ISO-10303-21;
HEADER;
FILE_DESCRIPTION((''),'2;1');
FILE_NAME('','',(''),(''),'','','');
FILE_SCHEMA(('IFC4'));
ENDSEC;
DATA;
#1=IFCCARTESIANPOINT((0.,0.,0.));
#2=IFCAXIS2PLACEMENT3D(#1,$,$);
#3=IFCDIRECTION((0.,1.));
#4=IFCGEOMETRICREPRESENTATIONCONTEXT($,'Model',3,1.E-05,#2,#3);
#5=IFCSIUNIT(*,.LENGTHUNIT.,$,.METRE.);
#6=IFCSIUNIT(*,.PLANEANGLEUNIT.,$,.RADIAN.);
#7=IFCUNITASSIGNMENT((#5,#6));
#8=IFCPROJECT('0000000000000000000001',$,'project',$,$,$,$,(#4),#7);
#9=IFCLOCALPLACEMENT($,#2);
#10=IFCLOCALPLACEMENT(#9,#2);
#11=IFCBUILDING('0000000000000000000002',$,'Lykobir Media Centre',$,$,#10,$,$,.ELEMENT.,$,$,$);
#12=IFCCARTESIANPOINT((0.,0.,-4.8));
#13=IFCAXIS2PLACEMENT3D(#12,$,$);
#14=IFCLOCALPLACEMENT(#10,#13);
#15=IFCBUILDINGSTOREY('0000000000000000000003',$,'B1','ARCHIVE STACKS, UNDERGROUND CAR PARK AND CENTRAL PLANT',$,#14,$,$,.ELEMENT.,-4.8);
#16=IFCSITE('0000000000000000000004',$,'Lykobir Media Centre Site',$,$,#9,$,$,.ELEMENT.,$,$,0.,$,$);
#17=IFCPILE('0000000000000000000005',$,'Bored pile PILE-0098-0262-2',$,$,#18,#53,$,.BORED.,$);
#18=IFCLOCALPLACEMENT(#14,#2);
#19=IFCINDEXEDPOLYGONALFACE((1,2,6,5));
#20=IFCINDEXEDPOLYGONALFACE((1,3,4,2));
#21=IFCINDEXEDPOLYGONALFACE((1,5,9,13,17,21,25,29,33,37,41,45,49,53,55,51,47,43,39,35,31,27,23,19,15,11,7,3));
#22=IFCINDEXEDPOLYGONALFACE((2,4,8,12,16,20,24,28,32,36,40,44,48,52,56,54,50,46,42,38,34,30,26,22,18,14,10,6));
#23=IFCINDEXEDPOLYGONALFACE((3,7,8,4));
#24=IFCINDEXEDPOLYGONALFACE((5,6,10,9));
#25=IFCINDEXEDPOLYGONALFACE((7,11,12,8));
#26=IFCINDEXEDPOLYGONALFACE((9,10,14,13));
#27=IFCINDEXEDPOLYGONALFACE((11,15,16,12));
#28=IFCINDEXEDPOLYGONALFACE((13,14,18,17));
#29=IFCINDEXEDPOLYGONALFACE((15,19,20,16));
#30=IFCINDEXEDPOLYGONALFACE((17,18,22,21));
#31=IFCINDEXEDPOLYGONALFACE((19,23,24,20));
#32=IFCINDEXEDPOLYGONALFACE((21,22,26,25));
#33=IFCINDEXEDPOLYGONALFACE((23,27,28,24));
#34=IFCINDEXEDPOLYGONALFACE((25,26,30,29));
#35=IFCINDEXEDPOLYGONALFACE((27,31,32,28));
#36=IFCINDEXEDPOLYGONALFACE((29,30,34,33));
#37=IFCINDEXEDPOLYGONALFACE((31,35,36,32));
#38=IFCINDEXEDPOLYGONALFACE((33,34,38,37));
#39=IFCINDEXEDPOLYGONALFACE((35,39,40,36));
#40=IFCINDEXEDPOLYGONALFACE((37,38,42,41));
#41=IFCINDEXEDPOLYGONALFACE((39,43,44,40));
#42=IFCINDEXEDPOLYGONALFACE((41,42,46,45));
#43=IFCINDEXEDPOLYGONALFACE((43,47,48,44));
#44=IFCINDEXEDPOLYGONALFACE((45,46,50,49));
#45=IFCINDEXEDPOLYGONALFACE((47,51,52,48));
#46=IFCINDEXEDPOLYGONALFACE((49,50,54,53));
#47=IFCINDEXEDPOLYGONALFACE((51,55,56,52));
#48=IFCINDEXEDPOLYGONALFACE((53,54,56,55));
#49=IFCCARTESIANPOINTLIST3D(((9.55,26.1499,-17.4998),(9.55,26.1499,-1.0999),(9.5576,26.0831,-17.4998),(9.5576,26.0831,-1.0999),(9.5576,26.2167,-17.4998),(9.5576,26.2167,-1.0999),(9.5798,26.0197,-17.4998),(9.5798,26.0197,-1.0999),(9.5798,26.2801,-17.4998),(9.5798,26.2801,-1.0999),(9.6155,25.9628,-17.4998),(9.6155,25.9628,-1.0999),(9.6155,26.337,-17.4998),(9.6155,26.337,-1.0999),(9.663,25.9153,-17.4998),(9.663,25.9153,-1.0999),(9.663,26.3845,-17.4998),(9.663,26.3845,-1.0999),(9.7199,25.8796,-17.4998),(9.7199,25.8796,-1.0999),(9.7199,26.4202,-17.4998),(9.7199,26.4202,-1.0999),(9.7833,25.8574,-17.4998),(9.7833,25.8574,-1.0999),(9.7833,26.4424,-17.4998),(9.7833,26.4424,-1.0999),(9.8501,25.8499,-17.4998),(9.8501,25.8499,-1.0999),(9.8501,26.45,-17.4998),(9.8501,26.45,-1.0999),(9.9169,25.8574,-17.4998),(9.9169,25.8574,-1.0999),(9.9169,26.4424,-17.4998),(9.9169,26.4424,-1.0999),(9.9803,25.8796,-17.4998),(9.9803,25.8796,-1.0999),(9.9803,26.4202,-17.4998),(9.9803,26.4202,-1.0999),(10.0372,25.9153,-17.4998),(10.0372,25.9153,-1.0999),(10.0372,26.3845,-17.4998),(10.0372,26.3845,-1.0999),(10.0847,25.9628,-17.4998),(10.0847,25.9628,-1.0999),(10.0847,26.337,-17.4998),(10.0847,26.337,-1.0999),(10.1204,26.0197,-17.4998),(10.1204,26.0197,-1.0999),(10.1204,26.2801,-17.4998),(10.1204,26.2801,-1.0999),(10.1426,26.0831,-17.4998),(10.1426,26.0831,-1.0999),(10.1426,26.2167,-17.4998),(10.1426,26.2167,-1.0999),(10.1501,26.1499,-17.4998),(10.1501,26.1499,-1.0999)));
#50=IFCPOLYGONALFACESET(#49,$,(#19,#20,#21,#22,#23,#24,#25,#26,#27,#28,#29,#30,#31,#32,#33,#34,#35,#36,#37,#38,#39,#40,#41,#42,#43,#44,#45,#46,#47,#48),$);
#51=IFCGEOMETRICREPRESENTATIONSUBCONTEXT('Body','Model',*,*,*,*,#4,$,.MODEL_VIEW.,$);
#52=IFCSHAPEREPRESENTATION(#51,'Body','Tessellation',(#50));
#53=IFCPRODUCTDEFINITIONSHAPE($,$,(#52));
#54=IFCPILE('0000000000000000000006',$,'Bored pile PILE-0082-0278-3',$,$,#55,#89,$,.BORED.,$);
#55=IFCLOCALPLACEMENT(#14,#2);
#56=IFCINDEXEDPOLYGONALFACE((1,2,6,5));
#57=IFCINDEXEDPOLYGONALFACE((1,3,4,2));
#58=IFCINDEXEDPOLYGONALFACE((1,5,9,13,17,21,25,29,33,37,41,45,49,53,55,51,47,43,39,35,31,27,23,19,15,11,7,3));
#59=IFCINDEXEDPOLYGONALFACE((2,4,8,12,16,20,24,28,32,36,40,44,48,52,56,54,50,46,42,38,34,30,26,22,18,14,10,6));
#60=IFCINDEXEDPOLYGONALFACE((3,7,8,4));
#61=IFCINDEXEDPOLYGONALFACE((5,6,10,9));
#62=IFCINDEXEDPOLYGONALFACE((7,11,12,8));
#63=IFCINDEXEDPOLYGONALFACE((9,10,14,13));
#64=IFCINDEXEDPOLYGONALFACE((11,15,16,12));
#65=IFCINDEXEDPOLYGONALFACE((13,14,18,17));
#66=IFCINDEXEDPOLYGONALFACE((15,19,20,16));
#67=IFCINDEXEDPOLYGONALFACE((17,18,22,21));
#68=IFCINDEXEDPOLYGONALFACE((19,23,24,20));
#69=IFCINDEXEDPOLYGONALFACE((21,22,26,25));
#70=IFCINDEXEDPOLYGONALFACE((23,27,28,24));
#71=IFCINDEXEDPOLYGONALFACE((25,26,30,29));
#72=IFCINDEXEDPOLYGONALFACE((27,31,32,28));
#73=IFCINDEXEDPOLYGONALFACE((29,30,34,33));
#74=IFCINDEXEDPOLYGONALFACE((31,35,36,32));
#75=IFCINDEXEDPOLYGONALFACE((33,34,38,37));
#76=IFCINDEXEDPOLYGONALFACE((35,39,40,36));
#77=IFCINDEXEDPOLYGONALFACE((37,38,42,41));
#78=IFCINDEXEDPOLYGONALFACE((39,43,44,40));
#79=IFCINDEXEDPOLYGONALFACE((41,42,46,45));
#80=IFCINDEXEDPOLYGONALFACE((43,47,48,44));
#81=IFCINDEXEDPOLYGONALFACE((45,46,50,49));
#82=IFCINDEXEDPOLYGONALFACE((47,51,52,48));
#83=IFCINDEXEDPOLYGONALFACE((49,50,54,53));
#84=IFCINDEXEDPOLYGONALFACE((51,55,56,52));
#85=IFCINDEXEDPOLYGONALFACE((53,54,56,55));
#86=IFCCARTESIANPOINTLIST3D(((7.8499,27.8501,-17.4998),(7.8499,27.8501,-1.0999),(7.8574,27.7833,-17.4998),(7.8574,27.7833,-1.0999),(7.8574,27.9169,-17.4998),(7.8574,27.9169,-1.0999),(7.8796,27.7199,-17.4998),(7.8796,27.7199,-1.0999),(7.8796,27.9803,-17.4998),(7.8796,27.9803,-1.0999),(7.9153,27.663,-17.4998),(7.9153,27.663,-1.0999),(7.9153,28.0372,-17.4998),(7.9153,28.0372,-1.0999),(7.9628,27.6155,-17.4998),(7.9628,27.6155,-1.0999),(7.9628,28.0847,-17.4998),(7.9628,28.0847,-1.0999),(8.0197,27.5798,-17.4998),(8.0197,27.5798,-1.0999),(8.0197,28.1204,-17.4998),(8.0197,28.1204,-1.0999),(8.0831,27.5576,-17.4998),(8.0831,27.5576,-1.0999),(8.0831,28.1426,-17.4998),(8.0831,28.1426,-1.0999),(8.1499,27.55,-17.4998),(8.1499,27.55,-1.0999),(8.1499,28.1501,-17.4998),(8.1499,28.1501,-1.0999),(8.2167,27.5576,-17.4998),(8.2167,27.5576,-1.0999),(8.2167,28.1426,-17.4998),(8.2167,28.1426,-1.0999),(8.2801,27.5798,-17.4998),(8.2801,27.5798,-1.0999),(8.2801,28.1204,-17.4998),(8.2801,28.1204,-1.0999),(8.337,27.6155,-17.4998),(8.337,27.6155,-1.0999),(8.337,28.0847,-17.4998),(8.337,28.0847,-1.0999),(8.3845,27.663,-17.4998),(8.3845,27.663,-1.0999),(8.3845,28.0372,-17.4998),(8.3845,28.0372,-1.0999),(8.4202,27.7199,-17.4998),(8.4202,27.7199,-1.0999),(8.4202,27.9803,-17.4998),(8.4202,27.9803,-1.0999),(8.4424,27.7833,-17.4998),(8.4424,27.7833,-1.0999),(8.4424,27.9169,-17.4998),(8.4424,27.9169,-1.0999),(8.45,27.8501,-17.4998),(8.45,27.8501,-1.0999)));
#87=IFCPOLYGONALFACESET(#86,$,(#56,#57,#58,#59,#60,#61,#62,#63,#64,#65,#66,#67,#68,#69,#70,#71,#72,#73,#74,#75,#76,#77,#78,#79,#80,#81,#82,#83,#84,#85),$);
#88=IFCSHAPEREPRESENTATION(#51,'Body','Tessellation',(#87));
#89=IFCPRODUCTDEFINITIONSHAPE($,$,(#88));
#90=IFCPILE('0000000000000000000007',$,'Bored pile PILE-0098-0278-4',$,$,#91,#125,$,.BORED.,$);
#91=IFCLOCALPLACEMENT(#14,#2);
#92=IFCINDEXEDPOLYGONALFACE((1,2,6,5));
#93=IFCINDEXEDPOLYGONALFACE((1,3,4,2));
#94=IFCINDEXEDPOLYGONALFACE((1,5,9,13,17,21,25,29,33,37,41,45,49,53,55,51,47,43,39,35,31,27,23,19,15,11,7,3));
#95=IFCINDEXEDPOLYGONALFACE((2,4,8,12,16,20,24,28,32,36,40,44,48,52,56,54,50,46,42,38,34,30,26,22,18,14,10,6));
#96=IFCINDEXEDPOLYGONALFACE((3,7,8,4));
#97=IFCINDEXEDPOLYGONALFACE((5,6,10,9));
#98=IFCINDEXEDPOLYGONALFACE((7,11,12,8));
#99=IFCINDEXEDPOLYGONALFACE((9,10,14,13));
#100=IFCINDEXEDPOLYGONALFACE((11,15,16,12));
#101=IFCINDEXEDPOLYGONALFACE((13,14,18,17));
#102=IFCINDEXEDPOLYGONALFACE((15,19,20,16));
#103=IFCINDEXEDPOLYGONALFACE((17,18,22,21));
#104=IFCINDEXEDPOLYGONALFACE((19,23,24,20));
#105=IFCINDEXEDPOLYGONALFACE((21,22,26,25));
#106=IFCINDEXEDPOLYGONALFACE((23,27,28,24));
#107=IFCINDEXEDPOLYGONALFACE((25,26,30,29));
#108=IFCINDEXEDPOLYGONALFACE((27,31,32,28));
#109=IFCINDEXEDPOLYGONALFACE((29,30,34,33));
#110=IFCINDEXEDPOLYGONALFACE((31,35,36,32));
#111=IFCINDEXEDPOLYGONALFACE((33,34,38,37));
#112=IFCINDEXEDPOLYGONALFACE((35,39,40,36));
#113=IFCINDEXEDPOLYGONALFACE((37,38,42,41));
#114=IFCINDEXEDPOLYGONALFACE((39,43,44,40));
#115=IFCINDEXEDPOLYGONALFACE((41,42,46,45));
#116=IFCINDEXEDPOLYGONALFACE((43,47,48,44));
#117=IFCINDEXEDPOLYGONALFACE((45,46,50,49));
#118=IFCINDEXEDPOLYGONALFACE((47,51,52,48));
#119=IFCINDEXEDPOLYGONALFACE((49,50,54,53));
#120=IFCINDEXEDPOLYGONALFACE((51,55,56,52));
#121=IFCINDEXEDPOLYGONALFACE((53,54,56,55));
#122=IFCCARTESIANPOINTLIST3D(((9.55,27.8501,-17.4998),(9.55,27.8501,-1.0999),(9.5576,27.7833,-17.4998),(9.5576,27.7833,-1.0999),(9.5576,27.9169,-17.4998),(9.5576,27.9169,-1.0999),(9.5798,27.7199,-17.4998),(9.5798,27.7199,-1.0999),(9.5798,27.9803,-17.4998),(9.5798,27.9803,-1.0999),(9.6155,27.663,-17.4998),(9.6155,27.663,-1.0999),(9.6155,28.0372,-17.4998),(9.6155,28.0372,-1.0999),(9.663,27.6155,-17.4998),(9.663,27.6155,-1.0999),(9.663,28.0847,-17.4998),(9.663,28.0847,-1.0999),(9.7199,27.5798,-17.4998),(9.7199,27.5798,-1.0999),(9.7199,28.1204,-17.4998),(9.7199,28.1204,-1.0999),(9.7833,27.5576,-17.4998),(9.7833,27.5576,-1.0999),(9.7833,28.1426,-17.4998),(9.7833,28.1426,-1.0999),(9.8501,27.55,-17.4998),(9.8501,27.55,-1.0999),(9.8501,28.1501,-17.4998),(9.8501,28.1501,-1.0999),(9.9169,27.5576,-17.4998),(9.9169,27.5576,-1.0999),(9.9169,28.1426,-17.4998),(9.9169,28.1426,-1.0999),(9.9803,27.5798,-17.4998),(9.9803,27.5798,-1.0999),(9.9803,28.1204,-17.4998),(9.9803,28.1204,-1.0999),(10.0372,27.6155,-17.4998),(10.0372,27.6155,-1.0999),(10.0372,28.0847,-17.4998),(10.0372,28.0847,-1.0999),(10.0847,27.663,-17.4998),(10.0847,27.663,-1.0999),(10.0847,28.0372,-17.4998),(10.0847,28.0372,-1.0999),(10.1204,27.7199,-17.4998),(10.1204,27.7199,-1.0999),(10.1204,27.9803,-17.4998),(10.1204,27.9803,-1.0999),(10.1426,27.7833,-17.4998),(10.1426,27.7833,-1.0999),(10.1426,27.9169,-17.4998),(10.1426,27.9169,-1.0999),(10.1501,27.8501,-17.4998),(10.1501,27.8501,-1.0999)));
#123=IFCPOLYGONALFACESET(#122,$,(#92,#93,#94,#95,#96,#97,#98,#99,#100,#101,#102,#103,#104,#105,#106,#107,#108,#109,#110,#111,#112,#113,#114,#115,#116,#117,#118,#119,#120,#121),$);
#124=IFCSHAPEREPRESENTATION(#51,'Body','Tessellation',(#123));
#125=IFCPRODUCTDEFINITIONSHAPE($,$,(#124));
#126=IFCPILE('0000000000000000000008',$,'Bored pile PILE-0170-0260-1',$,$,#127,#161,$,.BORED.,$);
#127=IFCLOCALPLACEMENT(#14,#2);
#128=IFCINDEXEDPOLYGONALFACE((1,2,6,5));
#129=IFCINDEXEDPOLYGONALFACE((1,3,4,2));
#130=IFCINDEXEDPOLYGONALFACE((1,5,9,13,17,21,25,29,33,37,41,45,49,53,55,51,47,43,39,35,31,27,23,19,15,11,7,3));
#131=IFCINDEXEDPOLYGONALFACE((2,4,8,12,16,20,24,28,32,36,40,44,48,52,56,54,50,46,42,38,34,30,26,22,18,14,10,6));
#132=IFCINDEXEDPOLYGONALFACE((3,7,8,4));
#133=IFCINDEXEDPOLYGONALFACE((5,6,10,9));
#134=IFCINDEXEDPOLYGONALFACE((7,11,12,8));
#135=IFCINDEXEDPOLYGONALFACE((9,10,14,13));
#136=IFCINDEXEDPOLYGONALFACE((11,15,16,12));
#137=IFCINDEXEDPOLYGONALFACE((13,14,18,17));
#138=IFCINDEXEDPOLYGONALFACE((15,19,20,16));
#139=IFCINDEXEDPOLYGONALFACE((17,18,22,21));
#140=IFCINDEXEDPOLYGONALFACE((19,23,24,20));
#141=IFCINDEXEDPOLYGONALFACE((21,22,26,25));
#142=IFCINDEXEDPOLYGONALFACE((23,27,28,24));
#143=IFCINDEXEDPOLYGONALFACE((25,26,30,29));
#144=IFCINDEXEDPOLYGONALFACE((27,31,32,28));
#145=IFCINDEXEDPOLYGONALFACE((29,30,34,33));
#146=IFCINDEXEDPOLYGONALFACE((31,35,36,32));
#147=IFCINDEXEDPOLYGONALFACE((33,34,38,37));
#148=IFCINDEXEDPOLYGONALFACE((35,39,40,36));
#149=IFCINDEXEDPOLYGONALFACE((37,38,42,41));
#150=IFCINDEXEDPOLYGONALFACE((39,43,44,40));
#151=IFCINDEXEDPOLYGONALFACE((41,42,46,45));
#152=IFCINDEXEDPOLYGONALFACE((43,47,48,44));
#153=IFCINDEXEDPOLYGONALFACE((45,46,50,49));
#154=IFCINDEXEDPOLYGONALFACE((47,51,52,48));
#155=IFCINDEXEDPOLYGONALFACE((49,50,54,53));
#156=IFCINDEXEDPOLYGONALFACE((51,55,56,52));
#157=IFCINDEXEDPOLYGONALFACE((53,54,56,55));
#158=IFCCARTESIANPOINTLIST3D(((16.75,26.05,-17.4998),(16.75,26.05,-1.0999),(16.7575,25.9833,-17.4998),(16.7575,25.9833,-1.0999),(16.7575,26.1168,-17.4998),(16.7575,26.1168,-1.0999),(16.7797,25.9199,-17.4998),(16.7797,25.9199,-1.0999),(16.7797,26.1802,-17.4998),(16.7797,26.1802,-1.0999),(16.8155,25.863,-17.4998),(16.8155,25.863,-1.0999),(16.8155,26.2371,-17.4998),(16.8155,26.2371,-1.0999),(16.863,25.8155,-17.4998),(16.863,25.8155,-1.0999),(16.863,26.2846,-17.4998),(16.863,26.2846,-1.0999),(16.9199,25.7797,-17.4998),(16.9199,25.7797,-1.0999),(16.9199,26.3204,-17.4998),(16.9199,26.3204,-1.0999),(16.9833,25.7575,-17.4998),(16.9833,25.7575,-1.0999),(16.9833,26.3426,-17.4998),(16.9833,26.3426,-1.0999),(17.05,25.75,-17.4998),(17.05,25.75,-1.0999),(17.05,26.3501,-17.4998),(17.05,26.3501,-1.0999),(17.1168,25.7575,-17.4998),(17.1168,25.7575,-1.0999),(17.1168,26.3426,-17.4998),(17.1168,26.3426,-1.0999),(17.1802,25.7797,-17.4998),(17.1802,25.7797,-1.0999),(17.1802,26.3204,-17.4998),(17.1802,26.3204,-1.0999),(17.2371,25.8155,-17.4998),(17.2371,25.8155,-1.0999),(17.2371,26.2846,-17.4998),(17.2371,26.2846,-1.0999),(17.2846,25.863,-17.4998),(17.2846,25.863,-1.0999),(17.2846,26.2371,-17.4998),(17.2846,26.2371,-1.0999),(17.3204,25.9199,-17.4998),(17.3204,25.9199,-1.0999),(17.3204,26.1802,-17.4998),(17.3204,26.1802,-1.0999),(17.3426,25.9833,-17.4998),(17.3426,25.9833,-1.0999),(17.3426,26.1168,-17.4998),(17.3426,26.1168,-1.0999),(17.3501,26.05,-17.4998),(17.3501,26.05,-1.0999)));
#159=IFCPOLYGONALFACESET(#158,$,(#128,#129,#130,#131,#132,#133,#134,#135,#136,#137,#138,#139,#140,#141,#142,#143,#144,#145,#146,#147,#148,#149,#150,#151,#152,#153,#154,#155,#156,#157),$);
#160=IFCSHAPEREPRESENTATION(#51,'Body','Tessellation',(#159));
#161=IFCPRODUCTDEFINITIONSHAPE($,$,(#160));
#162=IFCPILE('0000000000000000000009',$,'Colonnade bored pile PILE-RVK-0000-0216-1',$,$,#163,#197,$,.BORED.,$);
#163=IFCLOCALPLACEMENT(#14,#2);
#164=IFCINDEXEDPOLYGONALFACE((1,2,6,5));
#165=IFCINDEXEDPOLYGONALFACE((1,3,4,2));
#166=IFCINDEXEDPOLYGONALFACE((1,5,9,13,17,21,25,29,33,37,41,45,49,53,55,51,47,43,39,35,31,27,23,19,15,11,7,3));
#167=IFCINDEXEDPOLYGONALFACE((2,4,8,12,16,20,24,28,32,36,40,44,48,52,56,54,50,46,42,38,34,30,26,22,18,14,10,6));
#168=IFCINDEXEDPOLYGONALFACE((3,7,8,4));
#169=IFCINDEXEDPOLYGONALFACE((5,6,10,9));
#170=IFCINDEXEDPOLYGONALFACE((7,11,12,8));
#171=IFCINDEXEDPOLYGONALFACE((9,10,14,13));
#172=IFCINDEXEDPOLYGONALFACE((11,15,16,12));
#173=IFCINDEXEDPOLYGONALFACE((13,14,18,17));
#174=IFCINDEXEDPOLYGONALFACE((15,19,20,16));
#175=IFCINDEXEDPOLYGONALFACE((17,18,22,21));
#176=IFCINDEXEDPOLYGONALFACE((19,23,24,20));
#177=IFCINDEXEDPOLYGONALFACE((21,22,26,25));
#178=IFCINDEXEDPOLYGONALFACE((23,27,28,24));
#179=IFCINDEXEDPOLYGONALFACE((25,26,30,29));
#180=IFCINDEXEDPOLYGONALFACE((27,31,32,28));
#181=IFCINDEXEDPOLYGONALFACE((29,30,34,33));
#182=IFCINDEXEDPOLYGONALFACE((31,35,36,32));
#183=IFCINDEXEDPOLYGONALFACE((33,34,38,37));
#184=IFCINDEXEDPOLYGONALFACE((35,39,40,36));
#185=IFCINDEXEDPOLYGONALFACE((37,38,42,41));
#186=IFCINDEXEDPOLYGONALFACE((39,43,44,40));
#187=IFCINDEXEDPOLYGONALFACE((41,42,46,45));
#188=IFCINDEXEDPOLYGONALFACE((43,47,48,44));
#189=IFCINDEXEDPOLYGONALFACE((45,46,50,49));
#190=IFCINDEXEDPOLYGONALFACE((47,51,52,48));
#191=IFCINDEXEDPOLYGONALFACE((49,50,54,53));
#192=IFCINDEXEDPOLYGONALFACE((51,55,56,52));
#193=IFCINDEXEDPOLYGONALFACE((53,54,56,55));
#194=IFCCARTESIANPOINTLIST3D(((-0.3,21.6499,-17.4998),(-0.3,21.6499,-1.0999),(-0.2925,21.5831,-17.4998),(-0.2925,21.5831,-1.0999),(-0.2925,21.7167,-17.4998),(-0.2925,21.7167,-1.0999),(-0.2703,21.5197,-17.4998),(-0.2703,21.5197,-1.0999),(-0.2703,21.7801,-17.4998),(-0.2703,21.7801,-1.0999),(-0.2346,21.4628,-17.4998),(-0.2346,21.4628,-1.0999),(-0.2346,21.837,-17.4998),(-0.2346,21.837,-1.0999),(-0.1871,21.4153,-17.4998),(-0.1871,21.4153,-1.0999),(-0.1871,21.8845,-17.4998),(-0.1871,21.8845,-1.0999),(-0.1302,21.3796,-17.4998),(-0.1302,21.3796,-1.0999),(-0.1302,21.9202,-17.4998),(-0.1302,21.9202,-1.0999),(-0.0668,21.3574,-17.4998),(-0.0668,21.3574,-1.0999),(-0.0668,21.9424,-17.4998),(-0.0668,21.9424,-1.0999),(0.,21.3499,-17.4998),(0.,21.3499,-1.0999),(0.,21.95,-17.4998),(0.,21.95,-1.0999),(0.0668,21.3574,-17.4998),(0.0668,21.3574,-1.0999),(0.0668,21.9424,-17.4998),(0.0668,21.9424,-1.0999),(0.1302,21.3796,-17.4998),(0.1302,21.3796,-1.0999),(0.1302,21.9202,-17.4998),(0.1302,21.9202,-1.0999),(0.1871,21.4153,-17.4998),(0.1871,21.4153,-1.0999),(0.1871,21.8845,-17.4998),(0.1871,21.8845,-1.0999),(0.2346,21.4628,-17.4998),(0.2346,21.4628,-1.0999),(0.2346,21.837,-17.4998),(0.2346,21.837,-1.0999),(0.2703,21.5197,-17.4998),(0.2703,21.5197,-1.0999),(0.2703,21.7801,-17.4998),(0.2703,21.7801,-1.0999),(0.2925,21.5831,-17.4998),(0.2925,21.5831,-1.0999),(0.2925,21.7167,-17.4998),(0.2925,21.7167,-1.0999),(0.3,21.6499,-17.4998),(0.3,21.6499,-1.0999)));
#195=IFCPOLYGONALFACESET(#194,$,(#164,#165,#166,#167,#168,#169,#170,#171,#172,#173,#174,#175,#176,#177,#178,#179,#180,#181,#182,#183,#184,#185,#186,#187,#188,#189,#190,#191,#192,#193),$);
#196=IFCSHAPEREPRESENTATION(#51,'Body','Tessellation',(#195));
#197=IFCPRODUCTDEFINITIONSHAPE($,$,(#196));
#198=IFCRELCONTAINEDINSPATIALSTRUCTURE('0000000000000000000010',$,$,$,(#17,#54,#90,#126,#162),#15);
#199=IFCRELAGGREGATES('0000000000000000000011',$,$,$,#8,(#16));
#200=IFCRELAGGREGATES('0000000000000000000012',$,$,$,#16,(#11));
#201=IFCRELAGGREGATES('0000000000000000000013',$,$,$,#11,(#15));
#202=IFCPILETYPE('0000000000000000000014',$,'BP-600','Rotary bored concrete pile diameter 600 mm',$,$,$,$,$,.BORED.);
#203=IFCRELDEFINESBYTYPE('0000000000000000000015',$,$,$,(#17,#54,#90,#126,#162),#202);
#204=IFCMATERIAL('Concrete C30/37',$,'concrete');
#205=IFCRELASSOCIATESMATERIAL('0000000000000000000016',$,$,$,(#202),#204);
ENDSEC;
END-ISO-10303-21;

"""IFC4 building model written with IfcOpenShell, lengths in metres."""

from ifc_helpers import new_model, si_unit, direction, frame, origin, origin_2d, place, context, subcontext, project, spatial, circle, extrude, material, material_profile, profile_set, type_object, element, save


model = new_model("IFC4")

# Units and contexts
model_context = context("Model", 3, precision=1e-05, world=origin(), true_north=direction((0.0, 1.0)))
body_context = subcontext(model_context, "Body", "Model", "MODEL_VIEW")
ifc_project = project(units=[si_unit("LENGTHUNIT", "METRE"), si_unit("PLANEANGLEUNIT", "RADIAN")], contexts=[model_context])

# Site, building, storey
site_placement = place(None, origin())
site = spatial("IfcSite", under=ifc_project, at=site_placement, Name="Lykobir Media Centre Site", CompositionType="ELEMENT", RefElevation=0.0)
building_placement = place(site_placement, origin())
building = spatial("IfcBuilding", under=site, at=building_placement, Name="Lykobir Media Centre", CompositionType="ELEMENT")
storey_placement = place(building_placement, frame((0.0, 0.0, -4.8)))
storey = spatial("IfcBuildingStorey", under=building, at=storey_placement, Name="B1", Description="ARCHIVE STACKS, UNDERGROUND CAR PARK AND CENTRAL PLANT", CompositionType="ELEMENT", Elevation=-4.8)

# Piles
ifc_material_1 = material(Name="Concrete C30/37", Category="concrete")
ifc_material_profile_1 = material_profile(ifc_material_1, circle(Radius=0.3, at=origin_2d()), Name="BORED PILE D600")
ifc_profile_set_1 = profile_set([ifc_material_profile_1], Name="Concrete C30/37")
pile_type = type_object("IfcPileType", Name="BP-600", Description="Rotary bored concrete pile diameter 600 mm", PredefinedType="BORED", material=ifc_profile_set_1)
for number, where, z_axis, x_axis, name in (
    (1, (9.8501, 26.1499, -1.0999), (0.0, 0.0, -1.0), (1.0, 0.0, 0.0), "Bored pile PILE-0098-0262-2"),
    (2, (8.1499, 27.8501, -1.0999), (0.0, 0.0, -1.0), (1.0, 0.0, 0.0), "Bored pile PILE-0082-0278-3"),
    (3, (9.8501, 27.8501, -1.0999), (0.0, 0.0, -1.0), (1.0, 0.0, 0.0), "Bored pile PILE-0098-0278-4"),
    (4, (17.05, 26.05, -1.0999), (0.0, 0.0, -1.0), (1.0, 0.0, 0.0), "Bored pile PILE-0170-0260-1"),
    (5, (0.0, 21.6499, -1.0999), (0.0, 0.0, -1.0), (1.0, 0.0, 0.0), "Colonnade bored pile PILE-RVK-0000-0216-1"),
):
    element("IfcPile", number, at=place(storey_placement, frame(where, z_axis=z_axis, x_axis=x_axis)), inside=storey, type_object=pile_type, Name=name, PredefinedType="BORED", context=body_context, shape_type="SweptSolid", body=[
        extrude(circle(Radius=0.3, at=origin_2d()), origin(), (0.0, 0.0, 1.0), 16.3999),
    ])

save(model, "model.ifc")
